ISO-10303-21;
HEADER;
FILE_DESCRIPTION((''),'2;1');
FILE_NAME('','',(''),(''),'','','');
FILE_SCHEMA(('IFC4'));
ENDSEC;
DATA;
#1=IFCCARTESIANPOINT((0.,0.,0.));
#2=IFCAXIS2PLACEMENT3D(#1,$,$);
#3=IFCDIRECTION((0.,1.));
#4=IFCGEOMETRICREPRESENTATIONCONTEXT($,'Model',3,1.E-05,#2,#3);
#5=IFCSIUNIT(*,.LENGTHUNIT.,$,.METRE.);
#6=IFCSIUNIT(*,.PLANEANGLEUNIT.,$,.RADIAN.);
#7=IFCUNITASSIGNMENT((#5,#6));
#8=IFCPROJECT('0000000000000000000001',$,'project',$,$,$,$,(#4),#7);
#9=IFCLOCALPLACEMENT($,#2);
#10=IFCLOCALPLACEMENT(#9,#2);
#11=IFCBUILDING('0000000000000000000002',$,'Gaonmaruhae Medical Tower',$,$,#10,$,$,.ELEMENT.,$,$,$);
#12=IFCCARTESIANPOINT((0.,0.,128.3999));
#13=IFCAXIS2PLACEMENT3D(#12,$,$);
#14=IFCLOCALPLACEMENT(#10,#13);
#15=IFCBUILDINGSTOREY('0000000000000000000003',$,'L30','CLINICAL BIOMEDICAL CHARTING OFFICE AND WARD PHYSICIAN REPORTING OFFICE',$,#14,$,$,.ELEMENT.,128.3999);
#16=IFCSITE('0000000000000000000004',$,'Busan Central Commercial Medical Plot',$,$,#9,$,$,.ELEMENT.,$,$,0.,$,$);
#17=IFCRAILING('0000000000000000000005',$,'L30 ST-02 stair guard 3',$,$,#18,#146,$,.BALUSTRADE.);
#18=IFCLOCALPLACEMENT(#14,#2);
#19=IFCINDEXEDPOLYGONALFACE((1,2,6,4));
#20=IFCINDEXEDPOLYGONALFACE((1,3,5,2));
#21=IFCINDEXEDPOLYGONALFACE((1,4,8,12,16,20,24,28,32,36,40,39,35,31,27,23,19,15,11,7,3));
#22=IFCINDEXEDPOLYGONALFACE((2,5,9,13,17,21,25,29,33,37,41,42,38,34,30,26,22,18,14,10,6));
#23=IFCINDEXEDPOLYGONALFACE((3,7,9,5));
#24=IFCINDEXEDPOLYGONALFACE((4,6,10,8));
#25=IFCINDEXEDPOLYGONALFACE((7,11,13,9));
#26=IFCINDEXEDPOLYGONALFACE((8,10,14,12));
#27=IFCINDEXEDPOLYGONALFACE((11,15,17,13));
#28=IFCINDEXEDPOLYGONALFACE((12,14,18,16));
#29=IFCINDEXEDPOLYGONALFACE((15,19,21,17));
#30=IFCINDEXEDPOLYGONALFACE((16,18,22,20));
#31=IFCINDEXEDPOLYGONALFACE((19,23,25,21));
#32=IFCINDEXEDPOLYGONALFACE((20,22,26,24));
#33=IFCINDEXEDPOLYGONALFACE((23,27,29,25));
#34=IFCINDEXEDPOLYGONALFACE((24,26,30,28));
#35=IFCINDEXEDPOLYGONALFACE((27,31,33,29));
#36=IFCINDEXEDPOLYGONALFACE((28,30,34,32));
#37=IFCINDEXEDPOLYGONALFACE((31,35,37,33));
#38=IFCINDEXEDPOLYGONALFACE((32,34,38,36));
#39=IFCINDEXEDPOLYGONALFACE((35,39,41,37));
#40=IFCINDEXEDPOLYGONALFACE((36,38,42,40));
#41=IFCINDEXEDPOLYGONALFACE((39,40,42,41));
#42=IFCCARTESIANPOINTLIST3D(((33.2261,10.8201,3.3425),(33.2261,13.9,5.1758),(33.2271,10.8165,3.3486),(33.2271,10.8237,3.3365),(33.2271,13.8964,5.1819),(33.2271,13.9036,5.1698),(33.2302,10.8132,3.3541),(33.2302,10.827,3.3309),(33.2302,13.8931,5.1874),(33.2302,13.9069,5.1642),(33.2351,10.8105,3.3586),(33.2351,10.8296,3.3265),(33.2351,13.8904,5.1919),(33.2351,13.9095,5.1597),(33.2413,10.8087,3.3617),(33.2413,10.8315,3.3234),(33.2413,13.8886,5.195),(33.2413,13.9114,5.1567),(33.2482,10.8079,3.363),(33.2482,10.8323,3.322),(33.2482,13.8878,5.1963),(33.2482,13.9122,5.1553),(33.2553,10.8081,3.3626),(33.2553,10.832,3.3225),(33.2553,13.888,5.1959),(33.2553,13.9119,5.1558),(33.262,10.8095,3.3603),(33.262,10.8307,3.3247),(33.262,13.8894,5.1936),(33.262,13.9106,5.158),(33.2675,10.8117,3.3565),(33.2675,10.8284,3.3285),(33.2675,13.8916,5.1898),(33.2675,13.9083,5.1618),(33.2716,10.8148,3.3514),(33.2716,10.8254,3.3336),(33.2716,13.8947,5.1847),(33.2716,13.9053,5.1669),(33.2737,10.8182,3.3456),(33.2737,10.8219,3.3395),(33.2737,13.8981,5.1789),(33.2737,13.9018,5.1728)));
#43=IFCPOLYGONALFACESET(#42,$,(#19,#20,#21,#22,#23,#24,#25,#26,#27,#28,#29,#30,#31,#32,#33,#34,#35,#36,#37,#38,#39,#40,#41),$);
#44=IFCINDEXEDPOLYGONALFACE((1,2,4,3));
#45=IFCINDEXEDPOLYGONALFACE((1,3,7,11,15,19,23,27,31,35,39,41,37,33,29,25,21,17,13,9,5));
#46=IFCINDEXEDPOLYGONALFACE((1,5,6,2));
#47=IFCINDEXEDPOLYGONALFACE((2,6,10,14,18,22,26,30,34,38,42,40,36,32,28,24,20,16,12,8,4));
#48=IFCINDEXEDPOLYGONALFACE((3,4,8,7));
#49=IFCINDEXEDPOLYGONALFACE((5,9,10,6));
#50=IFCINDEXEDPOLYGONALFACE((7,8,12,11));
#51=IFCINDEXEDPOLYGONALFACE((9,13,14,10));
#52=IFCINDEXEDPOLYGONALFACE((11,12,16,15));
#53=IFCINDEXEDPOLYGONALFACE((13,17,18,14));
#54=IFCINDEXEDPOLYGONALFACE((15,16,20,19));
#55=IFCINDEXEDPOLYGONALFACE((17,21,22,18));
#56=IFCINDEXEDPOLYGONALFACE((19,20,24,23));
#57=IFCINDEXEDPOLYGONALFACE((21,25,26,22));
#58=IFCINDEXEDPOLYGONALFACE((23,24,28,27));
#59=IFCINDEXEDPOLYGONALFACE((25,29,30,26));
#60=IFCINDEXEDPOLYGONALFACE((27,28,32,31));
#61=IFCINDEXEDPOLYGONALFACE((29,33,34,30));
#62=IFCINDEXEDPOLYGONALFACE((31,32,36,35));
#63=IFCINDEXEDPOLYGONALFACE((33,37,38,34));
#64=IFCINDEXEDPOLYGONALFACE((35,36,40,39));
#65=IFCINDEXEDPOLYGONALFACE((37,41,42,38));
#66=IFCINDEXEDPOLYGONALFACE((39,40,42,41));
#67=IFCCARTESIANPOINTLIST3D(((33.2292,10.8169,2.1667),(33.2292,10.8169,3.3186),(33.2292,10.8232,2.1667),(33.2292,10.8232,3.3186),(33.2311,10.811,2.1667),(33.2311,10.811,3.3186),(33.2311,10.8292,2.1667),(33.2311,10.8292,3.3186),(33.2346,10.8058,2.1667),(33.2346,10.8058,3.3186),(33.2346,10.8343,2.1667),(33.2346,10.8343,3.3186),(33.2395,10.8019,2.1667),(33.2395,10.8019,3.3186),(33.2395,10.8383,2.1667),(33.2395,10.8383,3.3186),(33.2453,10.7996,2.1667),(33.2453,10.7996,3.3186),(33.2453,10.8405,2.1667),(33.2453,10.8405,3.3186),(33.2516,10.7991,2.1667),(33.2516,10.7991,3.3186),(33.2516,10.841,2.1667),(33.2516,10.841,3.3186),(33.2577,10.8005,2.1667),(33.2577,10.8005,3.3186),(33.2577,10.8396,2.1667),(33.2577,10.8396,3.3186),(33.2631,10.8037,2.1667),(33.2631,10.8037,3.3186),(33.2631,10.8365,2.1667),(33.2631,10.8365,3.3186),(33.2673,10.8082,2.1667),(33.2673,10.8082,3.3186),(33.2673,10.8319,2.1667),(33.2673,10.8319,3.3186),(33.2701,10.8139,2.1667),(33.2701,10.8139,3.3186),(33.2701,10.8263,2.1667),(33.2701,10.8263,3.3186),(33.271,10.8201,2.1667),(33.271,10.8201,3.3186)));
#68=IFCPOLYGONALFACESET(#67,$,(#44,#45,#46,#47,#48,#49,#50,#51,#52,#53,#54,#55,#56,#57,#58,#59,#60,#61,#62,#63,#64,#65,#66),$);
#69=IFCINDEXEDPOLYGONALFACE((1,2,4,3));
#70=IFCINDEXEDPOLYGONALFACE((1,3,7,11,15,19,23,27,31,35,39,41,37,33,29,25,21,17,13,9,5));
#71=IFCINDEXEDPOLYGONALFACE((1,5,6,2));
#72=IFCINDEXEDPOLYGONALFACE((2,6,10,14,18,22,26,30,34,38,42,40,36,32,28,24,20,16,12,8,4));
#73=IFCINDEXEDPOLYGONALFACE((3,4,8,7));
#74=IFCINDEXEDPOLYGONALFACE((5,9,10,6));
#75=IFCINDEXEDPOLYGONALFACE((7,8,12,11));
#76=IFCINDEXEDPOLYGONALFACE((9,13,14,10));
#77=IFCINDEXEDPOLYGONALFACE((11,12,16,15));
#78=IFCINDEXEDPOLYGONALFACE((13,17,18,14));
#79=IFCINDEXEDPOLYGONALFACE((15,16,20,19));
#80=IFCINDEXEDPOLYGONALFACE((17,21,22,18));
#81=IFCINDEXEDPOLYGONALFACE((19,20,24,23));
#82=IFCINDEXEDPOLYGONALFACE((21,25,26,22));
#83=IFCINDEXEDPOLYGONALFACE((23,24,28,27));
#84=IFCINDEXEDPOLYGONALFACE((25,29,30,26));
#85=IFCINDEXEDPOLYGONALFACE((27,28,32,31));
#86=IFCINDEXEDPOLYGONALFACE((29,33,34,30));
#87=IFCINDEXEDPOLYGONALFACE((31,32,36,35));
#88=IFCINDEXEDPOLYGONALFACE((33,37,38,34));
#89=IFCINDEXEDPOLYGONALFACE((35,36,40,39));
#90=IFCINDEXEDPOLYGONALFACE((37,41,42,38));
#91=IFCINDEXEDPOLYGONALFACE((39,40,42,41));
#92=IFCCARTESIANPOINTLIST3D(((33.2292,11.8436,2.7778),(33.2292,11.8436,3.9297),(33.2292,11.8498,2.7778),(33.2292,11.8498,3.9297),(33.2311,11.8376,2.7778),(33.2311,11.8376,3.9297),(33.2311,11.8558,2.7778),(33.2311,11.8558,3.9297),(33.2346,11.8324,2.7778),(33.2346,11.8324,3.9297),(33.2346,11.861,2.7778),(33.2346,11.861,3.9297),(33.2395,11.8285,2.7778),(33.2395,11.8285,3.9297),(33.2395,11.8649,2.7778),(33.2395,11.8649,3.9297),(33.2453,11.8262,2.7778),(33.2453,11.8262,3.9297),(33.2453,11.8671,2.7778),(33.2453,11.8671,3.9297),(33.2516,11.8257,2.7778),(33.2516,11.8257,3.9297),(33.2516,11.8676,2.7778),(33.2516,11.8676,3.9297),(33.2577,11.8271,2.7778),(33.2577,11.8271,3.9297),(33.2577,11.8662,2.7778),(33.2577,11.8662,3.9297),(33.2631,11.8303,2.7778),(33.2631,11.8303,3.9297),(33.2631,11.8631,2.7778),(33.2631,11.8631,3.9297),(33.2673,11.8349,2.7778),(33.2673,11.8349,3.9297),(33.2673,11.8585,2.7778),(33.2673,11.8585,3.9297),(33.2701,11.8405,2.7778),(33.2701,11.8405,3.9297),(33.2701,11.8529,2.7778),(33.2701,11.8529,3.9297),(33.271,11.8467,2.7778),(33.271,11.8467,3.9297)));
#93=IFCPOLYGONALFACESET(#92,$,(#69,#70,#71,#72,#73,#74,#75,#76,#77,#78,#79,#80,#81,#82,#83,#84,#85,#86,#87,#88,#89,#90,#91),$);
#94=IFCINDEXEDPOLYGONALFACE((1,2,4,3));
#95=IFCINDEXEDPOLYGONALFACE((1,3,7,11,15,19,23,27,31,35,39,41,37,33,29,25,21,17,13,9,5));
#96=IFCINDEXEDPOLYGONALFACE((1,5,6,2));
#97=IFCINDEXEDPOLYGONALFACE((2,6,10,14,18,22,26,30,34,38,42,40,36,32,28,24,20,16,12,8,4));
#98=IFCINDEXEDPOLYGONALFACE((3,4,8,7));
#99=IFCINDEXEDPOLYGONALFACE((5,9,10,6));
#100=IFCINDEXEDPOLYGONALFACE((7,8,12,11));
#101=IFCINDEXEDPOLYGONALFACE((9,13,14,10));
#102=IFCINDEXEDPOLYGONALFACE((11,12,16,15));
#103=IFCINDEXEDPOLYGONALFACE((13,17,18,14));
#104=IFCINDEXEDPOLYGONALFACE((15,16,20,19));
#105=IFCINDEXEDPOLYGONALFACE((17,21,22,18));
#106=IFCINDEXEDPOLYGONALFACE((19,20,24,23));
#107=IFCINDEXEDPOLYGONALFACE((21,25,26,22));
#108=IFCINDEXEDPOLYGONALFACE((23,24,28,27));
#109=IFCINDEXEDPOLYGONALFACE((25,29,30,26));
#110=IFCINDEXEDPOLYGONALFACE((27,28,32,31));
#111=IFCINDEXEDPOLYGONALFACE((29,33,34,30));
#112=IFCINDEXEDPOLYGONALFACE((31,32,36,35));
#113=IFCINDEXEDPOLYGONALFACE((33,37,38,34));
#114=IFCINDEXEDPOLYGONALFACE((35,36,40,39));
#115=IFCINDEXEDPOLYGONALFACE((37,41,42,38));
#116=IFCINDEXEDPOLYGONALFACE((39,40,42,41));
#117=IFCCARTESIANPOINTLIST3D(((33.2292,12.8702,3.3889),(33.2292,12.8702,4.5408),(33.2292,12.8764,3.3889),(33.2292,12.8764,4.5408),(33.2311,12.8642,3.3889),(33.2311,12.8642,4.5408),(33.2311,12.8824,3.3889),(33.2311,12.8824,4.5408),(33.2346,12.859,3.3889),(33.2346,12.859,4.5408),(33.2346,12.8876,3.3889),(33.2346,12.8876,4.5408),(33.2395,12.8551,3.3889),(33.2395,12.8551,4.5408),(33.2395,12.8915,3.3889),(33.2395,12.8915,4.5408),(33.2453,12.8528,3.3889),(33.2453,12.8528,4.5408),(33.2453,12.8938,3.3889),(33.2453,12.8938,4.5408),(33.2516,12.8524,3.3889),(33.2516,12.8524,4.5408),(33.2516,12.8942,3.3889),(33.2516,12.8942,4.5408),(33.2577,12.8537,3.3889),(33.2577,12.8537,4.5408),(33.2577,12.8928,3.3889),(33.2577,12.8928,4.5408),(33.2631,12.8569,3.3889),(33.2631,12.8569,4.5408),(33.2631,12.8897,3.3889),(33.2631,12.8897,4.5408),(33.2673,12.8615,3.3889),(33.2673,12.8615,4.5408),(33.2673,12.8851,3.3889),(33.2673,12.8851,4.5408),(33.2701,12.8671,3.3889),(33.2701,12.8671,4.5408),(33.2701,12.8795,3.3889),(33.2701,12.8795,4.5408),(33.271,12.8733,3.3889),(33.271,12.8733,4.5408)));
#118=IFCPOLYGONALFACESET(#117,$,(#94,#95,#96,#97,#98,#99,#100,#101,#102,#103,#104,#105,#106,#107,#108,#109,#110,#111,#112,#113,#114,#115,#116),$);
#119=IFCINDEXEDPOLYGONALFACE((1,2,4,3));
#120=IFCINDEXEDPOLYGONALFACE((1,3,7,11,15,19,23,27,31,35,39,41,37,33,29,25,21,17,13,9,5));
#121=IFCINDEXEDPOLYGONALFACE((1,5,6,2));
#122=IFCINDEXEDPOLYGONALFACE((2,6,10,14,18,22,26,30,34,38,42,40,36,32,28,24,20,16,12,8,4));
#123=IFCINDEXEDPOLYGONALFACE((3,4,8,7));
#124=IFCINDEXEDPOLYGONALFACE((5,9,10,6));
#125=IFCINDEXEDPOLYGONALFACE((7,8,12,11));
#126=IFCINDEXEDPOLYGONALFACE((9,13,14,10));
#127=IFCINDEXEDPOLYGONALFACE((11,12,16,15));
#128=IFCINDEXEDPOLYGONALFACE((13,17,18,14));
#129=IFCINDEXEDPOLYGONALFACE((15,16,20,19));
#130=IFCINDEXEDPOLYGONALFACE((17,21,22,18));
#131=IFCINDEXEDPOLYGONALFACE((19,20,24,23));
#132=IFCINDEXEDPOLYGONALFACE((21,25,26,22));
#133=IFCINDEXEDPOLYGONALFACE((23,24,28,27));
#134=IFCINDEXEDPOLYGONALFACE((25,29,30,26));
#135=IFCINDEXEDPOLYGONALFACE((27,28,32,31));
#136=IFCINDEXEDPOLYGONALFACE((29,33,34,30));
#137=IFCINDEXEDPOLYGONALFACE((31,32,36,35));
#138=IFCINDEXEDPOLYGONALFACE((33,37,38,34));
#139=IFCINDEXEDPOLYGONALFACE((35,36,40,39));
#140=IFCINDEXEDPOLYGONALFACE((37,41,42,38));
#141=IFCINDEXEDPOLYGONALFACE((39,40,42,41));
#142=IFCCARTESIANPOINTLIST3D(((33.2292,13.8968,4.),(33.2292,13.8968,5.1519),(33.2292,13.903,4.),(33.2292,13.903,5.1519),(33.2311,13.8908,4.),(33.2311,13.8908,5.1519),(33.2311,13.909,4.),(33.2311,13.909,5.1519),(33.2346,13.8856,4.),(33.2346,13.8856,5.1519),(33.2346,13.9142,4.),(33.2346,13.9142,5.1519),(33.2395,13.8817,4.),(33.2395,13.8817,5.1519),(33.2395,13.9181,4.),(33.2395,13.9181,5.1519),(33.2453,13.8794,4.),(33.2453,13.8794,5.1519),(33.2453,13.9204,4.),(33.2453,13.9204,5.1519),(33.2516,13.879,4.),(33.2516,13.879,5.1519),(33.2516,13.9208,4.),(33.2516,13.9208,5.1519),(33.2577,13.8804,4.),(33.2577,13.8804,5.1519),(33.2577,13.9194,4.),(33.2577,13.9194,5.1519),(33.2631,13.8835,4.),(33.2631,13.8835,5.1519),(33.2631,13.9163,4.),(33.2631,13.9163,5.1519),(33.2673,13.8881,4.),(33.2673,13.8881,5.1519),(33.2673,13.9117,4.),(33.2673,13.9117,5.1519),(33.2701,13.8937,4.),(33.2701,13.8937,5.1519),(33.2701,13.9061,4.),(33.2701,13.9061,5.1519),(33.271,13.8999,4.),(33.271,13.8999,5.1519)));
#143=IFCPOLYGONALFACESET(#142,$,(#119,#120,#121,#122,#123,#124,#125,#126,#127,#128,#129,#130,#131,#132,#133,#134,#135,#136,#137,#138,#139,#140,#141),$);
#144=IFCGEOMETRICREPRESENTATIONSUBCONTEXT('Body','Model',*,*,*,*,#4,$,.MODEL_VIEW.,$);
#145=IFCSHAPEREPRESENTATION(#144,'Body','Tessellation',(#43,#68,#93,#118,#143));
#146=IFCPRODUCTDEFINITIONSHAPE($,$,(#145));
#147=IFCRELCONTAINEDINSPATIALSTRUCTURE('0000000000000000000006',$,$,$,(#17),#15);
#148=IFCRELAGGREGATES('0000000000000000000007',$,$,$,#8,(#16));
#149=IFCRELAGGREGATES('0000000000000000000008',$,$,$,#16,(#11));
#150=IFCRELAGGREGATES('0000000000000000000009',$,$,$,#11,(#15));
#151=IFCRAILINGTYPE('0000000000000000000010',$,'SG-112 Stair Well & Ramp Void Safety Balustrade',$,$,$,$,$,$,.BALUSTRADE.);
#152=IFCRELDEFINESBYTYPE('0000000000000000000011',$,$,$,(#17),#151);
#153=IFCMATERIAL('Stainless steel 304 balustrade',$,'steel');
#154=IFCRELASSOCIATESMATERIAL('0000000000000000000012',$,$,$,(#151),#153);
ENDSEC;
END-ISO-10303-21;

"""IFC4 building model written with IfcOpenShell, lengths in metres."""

from ifc_helpers import new_model, si_unit, direction, frame, origin, origin_2d, place, context, subcontext, project, spatial, circle, extrude, material, type_object, element, save


model = new_model("IFC4")

# Units and contexts
model_context = context("Model", 3, precision=1e-05, world=origin(), true_north=direction((0.0, 1.0)))
body_context = subcontext(model_context, "Body", "Model", "MODEL_VIEW")
ifc_project = project(units=[si_unit("LENGTHUNIT", "METRE"), si_unit("PLANEANGLEUNIT", "RADIAN")], contexts=[model_context])

# Site, building, storey
site_placement = place(None, origin())
site = spatial("IfcSite", under=ifc_project, at=site_placement, Name="Busan Central Commercial Medical Plot", CompositionType="ELEMENT", RefElevation=0.0)
building_placement = place(site_placement, origin())
building = spatial("IfcBuilding", under=site, at=building_placement, Name="Gaonmaruhae Medical Tower", CompositionType="ELEMENT")
storey_placement = place(building_placement, frame((0.0, 0.0, 128.3999)))
storey = spatial("IfcBuildingStorey", under=building, at=storey_placement, Name="L30", Description="CLINICAL BIOMEDICAL CHARTING OFFICE AND WARD PHYSICIAN REPORTING OFFICE", CompositionType="ELEMENT", Elevation=128.3999)

# Railing
ifc_material_1 = material(Name="Stainless steel 304 balustrade", Category="steel")
railing_type_1 = type_object("IfcRailingType", Name="SG-112 Stair Well & Ramp Void Safety Balustrade", PredefinedType="BALUSTRADE", material=ifc_material_1)
railing_1_placement = place(storey_placement, frame((33.25, 10.8201, 2.1667)))
element("IfcRailing", 1, at=railing_1_placement, inside=storey, type_object=railing_type_1, Name="L30 ST-02 stair guard 3", PredefinedType="BALUSTRADE", context=body_context, shape_type="SweptSolid", body=[
    extrude(circle(Radius=0.0239, at=origin_2d()), frame((0.0, 0.0, 1.1758), z_axis=(0.0, 0.859291, 0.511487), x_axis=(-1.0, 0.0, 0.0)), (0.0, 0.0, 1.0), 3.5842),
    extrude(circle(Radius=0.021, at=origin_2d()), origin(), (0.0, 0.0, 1.0), 1.1519),
    extrude(circle(Radius=0.021, at=origin_2d()), frame((0.0, 1.0266, 0.6111)), (0.0, 0.0, 1.0), 1.1519),
    extrude(circle(Radius=0.021, at=origin_2d()), frame((0.0, 2.0532, 1.2222)), (0.0, 0.0, 1.0), 1.1519),
    extrude(circle(Radius=0.021, at=origin_2d()), frame((0.0, 3.0798, 1.8333)), (0.0, 0.0, 1.0), 1.1519),
])

save(model, "model.ifc")
